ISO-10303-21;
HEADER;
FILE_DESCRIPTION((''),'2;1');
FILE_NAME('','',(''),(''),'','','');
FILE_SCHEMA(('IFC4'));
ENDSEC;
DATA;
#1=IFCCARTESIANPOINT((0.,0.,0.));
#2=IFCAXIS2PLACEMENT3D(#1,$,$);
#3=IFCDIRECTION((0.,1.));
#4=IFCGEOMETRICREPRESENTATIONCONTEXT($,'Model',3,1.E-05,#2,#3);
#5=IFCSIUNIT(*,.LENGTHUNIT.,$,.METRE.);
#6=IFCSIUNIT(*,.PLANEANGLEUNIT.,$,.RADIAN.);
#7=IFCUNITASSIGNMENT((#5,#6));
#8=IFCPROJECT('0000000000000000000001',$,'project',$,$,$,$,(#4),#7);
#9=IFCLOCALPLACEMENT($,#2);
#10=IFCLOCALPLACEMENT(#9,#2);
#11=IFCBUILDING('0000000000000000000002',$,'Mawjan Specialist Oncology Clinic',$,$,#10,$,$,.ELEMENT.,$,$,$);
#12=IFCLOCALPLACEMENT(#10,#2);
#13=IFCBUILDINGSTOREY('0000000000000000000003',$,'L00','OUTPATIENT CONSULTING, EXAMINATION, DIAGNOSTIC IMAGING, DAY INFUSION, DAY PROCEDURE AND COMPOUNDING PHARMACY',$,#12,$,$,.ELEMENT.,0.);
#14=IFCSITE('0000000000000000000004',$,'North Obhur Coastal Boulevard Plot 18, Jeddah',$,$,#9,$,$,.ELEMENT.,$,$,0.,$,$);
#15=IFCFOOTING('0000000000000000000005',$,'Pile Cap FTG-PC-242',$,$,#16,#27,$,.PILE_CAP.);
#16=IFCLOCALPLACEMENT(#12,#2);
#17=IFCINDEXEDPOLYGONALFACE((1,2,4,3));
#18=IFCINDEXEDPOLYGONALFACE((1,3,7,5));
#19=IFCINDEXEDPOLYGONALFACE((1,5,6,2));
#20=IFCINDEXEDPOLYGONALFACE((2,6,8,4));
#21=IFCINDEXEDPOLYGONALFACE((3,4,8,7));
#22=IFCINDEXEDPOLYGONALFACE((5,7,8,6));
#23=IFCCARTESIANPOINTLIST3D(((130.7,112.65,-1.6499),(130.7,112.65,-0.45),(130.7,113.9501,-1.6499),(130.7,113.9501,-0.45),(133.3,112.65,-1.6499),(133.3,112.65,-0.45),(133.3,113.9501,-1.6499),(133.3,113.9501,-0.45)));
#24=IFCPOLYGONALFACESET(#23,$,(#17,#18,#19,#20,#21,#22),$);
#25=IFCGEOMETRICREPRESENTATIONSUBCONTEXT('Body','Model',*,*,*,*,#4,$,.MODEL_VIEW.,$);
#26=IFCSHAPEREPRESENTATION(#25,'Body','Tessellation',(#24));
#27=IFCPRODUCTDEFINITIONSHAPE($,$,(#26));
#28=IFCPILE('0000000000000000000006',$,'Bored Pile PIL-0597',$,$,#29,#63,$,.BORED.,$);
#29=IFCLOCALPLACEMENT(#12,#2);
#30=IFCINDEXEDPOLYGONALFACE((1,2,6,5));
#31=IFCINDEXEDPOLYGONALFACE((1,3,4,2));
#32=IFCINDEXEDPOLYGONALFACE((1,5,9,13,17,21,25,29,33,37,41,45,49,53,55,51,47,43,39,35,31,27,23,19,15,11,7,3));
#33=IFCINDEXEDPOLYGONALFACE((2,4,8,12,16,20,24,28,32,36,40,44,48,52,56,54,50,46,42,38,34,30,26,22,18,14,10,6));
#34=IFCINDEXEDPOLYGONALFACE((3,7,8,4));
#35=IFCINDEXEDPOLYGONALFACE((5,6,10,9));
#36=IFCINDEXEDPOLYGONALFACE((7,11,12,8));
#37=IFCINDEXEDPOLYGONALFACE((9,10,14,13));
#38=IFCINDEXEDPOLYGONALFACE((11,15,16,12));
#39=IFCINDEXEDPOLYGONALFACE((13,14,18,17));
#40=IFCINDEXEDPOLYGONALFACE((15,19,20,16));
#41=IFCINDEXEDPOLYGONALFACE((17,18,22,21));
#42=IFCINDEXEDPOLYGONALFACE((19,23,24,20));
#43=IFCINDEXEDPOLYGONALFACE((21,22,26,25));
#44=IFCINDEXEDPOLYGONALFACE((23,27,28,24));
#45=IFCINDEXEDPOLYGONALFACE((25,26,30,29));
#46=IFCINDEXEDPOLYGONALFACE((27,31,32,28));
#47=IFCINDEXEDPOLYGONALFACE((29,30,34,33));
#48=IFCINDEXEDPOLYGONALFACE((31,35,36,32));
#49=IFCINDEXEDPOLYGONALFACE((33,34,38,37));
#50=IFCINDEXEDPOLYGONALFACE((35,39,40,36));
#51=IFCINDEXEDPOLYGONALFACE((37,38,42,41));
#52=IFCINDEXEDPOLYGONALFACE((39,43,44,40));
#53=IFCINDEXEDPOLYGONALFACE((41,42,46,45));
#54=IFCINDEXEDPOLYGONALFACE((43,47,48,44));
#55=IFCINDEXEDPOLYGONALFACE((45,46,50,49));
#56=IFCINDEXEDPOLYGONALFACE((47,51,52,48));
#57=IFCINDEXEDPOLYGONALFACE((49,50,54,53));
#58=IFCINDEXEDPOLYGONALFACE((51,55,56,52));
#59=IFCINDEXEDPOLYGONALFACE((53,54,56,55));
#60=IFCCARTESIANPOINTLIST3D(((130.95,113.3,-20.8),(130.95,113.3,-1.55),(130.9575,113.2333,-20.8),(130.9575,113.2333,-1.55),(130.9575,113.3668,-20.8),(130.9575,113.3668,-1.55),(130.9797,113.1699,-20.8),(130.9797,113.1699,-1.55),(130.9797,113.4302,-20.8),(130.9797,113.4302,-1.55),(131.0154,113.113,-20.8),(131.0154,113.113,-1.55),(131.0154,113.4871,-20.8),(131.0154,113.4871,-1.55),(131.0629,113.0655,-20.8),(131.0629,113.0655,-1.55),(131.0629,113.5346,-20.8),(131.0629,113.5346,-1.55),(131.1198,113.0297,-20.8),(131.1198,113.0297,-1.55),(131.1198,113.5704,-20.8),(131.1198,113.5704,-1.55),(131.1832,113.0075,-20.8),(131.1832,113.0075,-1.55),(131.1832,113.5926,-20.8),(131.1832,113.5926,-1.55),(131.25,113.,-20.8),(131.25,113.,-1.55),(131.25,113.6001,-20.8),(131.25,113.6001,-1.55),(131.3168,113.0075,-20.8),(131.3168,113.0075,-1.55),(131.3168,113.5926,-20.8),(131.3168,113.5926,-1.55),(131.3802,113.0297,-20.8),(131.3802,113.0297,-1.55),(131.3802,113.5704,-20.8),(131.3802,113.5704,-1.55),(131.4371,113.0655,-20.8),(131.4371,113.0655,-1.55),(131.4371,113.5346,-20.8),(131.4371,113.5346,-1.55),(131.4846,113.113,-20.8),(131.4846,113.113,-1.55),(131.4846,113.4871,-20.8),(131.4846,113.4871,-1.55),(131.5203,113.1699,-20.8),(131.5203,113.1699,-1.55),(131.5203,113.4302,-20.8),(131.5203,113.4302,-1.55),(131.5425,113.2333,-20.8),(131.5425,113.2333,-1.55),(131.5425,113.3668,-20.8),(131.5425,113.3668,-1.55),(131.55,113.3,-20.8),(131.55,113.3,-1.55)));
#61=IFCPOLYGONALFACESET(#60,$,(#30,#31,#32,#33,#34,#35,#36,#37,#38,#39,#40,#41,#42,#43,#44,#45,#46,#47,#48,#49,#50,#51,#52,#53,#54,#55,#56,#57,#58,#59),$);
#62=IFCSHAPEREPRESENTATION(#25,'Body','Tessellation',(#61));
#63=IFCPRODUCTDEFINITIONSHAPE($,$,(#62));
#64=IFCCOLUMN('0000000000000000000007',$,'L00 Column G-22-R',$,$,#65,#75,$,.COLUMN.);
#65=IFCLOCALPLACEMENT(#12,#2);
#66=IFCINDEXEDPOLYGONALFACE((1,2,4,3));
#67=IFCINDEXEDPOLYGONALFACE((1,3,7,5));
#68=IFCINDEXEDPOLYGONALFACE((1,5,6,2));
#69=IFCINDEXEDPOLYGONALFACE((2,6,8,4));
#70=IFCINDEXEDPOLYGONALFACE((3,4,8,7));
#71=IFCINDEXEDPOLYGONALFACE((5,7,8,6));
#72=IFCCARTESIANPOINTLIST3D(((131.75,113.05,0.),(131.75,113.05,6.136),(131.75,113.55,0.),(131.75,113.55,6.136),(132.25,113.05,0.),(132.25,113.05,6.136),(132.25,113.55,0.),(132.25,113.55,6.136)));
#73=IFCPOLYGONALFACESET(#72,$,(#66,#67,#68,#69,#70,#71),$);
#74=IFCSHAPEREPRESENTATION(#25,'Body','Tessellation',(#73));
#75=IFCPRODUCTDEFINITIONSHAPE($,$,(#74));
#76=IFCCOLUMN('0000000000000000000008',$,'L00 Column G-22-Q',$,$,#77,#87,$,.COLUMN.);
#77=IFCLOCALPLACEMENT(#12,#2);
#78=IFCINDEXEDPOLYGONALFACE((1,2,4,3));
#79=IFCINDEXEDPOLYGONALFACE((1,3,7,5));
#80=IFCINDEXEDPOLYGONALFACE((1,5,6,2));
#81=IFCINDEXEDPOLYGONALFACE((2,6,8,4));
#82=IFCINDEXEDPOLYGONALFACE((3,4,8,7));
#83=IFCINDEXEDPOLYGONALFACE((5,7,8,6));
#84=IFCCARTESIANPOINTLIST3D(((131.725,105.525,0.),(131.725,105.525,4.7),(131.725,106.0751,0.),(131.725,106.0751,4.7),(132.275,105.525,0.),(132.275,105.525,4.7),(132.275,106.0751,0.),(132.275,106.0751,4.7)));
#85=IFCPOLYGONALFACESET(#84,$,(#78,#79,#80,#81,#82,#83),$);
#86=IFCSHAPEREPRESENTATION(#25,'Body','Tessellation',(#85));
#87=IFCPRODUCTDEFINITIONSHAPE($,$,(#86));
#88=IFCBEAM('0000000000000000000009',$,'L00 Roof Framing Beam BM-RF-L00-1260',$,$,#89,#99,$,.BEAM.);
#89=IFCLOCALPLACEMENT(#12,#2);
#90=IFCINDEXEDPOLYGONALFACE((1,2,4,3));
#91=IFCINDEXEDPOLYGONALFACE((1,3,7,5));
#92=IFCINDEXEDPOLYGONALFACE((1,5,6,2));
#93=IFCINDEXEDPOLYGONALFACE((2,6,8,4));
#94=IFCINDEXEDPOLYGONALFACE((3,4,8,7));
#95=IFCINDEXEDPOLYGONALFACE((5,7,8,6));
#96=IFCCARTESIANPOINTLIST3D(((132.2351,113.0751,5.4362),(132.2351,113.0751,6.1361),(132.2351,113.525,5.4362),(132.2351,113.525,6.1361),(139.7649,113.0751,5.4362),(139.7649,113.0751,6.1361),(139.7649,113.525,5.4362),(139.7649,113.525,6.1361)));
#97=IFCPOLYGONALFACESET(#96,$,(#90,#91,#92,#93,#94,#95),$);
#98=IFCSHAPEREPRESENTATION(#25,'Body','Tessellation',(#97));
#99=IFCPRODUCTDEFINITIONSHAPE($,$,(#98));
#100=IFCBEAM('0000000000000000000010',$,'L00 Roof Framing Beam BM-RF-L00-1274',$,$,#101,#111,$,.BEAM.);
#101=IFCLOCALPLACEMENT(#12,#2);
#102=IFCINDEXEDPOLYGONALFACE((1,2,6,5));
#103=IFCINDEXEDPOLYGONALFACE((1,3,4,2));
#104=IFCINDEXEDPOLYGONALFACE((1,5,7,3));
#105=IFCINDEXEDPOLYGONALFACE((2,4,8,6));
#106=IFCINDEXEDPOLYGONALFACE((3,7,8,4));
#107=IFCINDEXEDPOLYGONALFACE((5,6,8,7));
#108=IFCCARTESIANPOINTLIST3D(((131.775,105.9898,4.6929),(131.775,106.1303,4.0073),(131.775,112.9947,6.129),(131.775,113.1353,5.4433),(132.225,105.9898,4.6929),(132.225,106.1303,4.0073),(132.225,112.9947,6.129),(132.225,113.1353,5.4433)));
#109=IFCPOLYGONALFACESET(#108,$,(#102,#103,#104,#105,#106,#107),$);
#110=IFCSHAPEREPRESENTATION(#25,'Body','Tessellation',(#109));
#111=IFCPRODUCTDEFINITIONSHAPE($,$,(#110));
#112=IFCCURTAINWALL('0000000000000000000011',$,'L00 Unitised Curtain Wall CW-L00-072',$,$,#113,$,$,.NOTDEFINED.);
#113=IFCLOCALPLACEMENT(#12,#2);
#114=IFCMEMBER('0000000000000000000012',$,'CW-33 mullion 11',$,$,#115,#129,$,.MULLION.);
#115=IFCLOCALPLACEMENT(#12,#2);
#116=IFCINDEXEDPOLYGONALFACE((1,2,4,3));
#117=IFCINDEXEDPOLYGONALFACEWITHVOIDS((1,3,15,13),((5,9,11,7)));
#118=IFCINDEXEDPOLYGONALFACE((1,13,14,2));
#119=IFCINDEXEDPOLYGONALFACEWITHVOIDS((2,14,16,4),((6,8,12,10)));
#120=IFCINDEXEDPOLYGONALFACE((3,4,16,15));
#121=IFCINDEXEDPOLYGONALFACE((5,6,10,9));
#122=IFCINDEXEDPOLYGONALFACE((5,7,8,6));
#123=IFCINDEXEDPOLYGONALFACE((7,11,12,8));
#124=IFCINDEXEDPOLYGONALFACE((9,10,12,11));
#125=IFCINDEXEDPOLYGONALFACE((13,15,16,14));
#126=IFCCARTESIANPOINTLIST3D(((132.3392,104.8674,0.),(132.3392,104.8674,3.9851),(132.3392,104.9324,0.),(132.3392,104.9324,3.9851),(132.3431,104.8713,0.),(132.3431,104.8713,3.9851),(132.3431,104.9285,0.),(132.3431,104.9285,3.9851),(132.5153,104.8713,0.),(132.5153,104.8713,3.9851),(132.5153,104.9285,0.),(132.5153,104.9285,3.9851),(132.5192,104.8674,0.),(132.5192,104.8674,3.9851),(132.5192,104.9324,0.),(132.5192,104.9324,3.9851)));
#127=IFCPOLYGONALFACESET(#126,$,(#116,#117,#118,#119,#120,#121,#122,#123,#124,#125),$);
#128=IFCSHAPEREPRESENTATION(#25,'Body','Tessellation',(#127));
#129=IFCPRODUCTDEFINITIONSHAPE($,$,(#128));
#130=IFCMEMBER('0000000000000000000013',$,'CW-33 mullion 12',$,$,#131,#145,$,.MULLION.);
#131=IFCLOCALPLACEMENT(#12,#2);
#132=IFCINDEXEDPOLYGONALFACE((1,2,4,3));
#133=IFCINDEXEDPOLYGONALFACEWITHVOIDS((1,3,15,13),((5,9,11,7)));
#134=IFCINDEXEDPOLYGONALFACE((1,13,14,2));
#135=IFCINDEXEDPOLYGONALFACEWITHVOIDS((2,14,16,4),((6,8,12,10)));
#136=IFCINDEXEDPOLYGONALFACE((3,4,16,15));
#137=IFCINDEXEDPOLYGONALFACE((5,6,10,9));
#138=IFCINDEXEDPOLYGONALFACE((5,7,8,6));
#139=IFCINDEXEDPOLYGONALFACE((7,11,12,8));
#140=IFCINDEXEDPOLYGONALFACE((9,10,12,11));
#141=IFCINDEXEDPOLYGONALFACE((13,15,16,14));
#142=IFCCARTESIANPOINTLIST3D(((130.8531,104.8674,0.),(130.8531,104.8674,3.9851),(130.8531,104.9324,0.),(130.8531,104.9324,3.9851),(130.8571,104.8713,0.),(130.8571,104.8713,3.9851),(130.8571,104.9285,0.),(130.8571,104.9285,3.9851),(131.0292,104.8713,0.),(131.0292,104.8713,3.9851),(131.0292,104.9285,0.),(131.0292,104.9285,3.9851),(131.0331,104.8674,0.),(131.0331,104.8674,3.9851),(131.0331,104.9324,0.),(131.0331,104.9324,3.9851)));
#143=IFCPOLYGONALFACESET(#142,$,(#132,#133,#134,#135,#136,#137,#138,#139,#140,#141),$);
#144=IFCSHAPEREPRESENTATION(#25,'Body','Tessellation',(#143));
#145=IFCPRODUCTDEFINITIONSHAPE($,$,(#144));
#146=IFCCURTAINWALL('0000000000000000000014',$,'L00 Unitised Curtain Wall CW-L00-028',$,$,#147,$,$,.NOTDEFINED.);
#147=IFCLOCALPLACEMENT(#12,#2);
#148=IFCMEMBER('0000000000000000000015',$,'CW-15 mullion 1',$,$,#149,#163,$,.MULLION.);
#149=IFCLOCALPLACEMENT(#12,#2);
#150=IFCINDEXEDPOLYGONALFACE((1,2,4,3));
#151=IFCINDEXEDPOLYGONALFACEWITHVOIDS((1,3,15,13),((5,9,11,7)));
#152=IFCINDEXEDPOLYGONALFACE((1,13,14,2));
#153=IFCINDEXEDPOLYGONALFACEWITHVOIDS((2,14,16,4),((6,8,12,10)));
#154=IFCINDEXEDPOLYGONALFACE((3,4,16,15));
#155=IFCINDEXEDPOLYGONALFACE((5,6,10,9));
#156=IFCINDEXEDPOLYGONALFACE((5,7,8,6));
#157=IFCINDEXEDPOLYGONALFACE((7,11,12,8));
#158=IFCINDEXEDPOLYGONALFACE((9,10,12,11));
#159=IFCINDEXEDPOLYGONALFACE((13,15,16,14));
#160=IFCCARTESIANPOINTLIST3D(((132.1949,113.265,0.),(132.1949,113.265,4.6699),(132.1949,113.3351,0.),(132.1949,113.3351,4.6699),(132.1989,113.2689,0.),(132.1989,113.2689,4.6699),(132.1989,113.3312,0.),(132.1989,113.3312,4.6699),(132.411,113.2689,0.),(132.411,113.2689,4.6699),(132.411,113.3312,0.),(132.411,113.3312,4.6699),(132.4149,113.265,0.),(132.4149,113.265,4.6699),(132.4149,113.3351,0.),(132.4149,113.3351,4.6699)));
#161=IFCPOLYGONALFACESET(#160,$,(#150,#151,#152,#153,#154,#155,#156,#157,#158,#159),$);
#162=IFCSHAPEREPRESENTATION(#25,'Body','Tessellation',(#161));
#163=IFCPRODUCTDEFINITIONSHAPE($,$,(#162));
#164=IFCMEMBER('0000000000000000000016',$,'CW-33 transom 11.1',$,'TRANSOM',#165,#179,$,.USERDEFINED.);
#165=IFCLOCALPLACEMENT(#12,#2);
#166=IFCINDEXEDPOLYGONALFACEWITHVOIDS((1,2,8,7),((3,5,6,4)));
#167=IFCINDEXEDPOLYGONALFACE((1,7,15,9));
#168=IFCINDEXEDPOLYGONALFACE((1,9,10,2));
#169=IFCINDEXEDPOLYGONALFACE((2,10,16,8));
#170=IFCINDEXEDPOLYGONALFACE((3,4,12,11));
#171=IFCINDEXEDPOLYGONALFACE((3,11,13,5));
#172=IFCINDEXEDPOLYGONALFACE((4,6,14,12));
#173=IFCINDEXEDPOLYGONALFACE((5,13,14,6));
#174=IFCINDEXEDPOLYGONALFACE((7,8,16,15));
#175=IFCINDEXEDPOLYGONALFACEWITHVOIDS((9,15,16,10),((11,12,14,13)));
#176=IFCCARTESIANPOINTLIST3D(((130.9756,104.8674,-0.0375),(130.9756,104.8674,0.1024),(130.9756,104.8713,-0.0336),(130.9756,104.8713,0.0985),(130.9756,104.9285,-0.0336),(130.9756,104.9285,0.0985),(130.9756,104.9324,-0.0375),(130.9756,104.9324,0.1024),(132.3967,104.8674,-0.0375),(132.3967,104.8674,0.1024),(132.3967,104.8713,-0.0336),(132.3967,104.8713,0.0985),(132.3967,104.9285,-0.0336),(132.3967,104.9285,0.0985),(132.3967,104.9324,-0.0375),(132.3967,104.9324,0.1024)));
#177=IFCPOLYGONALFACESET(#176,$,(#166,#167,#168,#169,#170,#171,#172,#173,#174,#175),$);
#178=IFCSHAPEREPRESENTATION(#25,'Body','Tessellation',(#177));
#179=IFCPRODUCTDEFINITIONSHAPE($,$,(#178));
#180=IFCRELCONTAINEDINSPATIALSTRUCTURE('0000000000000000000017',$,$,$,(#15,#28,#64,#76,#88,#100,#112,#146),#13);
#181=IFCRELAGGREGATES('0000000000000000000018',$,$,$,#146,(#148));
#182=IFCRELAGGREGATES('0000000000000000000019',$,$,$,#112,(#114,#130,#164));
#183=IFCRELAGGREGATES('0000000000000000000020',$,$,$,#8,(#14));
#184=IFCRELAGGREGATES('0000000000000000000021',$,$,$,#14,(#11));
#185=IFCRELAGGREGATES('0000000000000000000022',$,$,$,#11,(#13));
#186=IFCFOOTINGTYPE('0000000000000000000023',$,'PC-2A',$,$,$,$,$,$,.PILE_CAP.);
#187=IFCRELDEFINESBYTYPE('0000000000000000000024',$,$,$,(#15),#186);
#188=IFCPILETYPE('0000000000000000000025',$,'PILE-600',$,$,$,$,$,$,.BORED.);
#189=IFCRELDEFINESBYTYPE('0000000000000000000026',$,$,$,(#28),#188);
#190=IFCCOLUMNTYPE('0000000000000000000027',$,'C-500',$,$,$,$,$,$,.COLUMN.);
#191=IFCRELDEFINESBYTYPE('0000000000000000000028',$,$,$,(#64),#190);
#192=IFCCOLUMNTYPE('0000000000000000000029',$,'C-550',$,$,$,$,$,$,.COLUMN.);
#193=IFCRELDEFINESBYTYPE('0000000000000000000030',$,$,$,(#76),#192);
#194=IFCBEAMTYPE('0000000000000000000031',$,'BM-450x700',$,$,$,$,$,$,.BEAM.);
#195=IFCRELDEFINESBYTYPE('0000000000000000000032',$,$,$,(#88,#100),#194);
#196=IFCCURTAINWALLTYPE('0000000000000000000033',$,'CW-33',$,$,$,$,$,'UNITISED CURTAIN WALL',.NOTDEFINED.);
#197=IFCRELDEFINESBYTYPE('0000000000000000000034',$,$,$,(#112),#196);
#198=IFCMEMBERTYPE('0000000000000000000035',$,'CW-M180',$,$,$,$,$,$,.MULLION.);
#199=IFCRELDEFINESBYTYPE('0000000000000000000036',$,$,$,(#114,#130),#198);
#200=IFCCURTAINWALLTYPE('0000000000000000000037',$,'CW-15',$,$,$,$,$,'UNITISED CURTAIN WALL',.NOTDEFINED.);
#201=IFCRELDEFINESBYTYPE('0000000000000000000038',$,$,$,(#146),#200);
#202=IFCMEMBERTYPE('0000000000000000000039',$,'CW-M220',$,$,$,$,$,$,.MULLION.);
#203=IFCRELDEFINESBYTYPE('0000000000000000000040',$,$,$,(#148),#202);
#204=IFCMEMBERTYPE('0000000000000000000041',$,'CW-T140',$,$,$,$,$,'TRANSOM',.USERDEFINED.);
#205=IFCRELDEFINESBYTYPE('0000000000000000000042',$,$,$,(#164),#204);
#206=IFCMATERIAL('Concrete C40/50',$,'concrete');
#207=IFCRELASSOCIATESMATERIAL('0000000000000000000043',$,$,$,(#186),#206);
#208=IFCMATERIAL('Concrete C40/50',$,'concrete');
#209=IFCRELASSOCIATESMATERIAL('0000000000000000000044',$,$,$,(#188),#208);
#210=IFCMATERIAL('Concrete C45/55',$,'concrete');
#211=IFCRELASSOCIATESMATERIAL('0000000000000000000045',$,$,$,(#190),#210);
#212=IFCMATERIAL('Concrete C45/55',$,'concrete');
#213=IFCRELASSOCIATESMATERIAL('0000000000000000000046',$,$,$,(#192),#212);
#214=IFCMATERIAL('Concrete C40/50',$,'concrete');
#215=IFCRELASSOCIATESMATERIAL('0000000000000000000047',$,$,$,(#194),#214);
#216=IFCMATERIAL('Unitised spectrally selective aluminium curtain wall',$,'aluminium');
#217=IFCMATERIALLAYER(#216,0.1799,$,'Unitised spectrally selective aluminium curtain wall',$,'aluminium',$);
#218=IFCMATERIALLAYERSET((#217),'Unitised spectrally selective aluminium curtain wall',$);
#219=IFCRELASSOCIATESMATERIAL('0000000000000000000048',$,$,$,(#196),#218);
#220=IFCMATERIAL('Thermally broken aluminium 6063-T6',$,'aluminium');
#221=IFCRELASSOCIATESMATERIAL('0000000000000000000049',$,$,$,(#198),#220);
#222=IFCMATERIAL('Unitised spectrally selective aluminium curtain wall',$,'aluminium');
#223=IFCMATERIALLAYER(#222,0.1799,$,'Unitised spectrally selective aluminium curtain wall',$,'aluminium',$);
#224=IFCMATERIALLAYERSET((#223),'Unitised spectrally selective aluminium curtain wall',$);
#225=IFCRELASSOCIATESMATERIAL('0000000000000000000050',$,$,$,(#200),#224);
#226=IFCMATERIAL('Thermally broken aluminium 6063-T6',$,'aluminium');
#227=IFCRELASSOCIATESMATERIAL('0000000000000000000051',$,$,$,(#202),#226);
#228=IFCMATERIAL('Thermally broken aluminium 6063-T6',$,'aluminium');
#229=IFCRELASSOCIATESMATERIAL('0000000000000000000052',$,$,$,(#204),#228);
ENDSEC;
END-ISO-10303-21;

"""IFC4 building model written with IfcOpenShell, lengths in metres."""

from ifc_helpers import new_model, si_unit, direction, frame, origin, origin_2d, place, context, subcontext, project, spatial, rectangle, hollow_rectangle, circle, extrude, material, layer, layer_set, material_profile, profile_set, type_object, element, aggregate, save


model = new_model("IFC4")

# Units and contexts
model_context = context("Model", 3, precision=1e-05, world=origin(), true_north=direction((0.0, 1.0)))
body_context = subcontext(model_context, "Body", "Model", "MODEL_VIEW")
ifc_project = project(units=[si_unit("LENGTHUNIT", "METRE"), si_unit("PLANEANGLEUNIT", "RADIAN")], contexts=[model_context])

# Site, building, storey
site_placement = place(None, origin())
site = spatial("IfcSite", under=ifc_project, at=site_placement, Name="North Obhur Coastal Boulevard Plot 18, Jeddah", CompositionType="ELEMENT", RefElevation=0.0)
building_placement = place(site_placement, origin())
building = spatial("IfcBuilding", under=site, at=building_placement, Name="Mawjan Specialist Oncology Clinic", CompositionType="ELEMENT")
storey_placement = place(building_placement, origin())
storey = spatial("IfcBuildingStorey", under=building, at=storey_placement, Name="L00", Description="OUTPATIENT CONSULTING, EXAMINATION, DIAGNOSTIC IMAGING, DAY INFUSION, DAY PROCEDURE AND COMPOUNDING PHARMACY", CompositionType="ELEMENT", Elevation=0.0)

# Footing
ifc_material_1 = material(Name="Concrete C40/50", Category="concrete")
footing_type = type_object("IfcFootingType", Name="PC-2A", PredefinedType="PILE_CAP", material=ifc_material_1)
footing_placement = place(storey_placement, frame((132.0, 113.3, -1.6499), z_axis=(0.0, 0.0, 1.0), x_axis=(1.0, 0.0, 0.0)))
element("IfcFooting", 1, at=footing_placement, inside=storey, type_object=footing_type, Name="Pile Cap FTG-PC-242", PredefinedType="PILE_CAP", context=body_context, shape_type="SweptSolid", body=[
    extrude(rectangle(XDim=2.6001, YDim=1.3, at=origin_2d()), origin(), (0.0, 0.0, 1.0), 1.2),
])

# Pile
ifc_material_2 = material(Name="Concrete C40/50", Category="concrete")
ifc_material_profile_1 = material_profile(ifc_material_2, circle(Radius=0.3, at=origin_2d()), Name="BORED PILE D600", Category="concrete")
ifc_profile_set_1 = profile_set([ifc_material_profile_1], Name="Concrete C40/50")
pile_type = type_object("IfcPileType", Name="PILE-600", PredefinedType="BORED", material=ifc_profile_set_1)
pile_placement = place(storey_placement, frame((131.25, 113.3, -1.55), z_axis=(0.0, 0.0, -1.0), x_axis=(1.0, 0.0, 0.0)))
element("IfcPile", 2, at=pile_placement, inside=storey, type_object=pile_type, Name="Bored Pile PIL-0597", PredefinedType="BORED", context=body_context, shape_type="SweptSolid", body=[
    extrude(circle(Radius=0.3, at=origin_2d()), origin(), (0.0, 0.0, 1.0), 19.25),
])

# Columns
ifc_material_3 = material(Name="Concrete C45/55", Category="concrete")
ifc_material_profile_2 = material_profile(ifc_material_3, rectangle(XDim=0.5, YDim=0.5, at=origin_2d()), Name="RC COL 500x500", Category="concrete")
ifc_profile_set_2 = profile_set([ifc_material_profile_2], Name="Concrete C45/55")
column_type_1 = type_object("IfcColumnType", Name="C-500", PredefinedType="COLUMN", material=ifc_profile_set_2)
column_1_placement = place(storey_placement, frame((132.0, 113.3, 0.0), z_axis=(0.0, 0.0, 1.0), x_axis=(1.0, 0.0, 0.0)))
element("IfcColumn", 3, at=column_1_placement, inside=storey, type_object=column_type_1, Name="L00 Column G-22-R", PredefinedType="COLUMN", context=body_context, shape_type="SweptSolid", body=[
    extrude(rectangle(XDim=0.5, YDim=0.5, at=origin_2d()), origin(), (0.0, 0.0, 1.0), 6.136),
])
ifc_material_4 = material(Name="Concrete C45/55", Category="concrete")
ifc_material_profile_3 = material_profile(ifc_material_4, rectangle(XDim=0.55, YDim=0.55, at=origin_2d()), Name="RC COL 550x550", Category="concrete")
ifc_profile_set_3 = profile_set([ifc_material_profile_3], Name="Concrete C45/55")
column_type_2 = type_object("IfcColumnType", Name="C-550", PredefinedType="COLUMN", material=ifc_profile_set_3)
column_2_placement = place(storey_placement, frame((132.0, 105.8, 0.0), z_axis=(0.0, 0.0, 1.0), x_axis=(1.0, 0.0, 0.0)))
element("IfcColumn", 4, at=column_2_placement, inside=storey, type_object=column_type_2, Name="L00 Column G-22-Q", PredefinedType="COLUMN", context=body_context, shape_type="SweptSolid", body=[
    extrude(rectangle(XDim=0.55, YDim=0.55, at=origin_2d()), origin(), (0.0, 0.0, 1.0), 4.7),
])

# Beams
ifc_material_5 = material(Name="Concrete C40/50", Category="concrete")
ifc_material_profile_4 = material_profile(ifc_material_5, rectangle(XDim=0.45, YDim=0.7, at=origin_2d()), Name="RC BM 450x700", Category="concrete")
ifc_profile_set_4 = profile_set([ifc_material_profile_4], Name="Concrete C40/50")
beam_type_1 = type_object("IfcBeamType", Name="BM-450x700", PredefinedType="BEAM", material=ifc_profile_set_4)
beam_1_placement = place(storey_placement, frame((132.2351, 113.3, 5.7861), z_axis=(1.0, 0.0, 0.0), x_axis=(0.0, 1.0, 0.0)))
element("IfcBeam", 5, at=beam_1_placement, inside=storey, type_object=beam_type_1, Name="L00 Roof Framing Beam BM-RF-L00-1260", PredefinedType="BEAM", context=body_context, shape_type="SweptSolid", body=[
    extrude(rectangle(XDim=0.45, YDim=0.7, at=origin_2d()), origin(), (0.0, 0.0, 1.0), 7.5298),
])
beam_2_placement = place(storey_placement, frame((132.0, 106.0601, 4.3501), z_axis=(0.0, 0.979626, 0.200828), x_axis=(-1.0, 0.0, 0.0)))
element("IfcBeam", 6, at=beam_2_placement, inside=storey, type_object=beam_type_1, Name="L00 Roof Framing Beam BM-RF-L00-1274", PredefinedType="BEAM", context=body_context, shape_type="SweptSolid", body=[
    extrude(rectangle(XDim=0.45, YDim=0.7, at=origin_2d()), origin(), (0.0, 0.0, 1.0), 7.1506),
])

# Curtain wall, members
ifc_material_6 = material(Name="Unitised spectrally selective aluminium curtain wall", Category="aluminium")
ifc_layer_1 = layer(ifc_material_6, 0.1799, Name="Unitised spectrally selective aluminium curtain wall", Category="aluminium")
ifc_layer_set_1 = layer_set([ifc_layer_1], Name="Unitised spectrally selective aluminium curtain wall")
curtain_wall_type_1 = type_object("IfcCurtainWallType", Name="CW-33", ElementType="UNITISED CURTAIN WALL", PredefinedType="NOTDEFINED", material=ifc_layer_set_1)
curtain_wall_1_placement = place(storey_placement, origin())
curtain_wall_1 = element("IfcCurtainWall", 7, at=curtain_wall_1_placement, inside=storey, type_object=curtain_wall_type_1, Name="L00 Unitised Curtain Wall CW-L00-072", PredefinedType="NOTDEFINED")
ifc_material_7 = material(Name="Thermally broken aluminium 6063-T6", Category="aluminium")
ifc_material_profile_5 = material_profile(ifc_material_7, hollow_rectangle(XDim=0.0649, YDim=0.1799, WallThickness=0.0039, at=origin_2d()), Name="ALU MULLION 180x65x4", Category="aluminium")
ifc_profile_set_5 = profile_set([ifc_material_profile_5], Name="Thermally broken aluminium 6063-T6")
member_type_1 = type_object("IfcMemberType", Name="CW-M180", PredefinedType="MULLION", material=ifc_profile_set_5)
member_1_placement = place(storey_placement, frame((132.4292, 104.8999, 0.0), z_axis=(0.0, 0.0, 1.0), x_axis=(0.0, -1.0, 0.0)))
member_1 = element("IfcMember", 8, at=member_1_placement, type_object=member_type_1, Name="CW-33 mullion 11", PredefinedType="MULLION", context=body_context, shape_type="SweptSolid", body=[
    extrude(hollow_rectangle(XDim=0.0649, YDim=0.1799, WallThickness=0.0039, at=origin_2d()), origin(), (0.0, 0.0, 1.0), 3.9851),
])
member_2_placement = place(storey_placement, frame((130.9431, 104.8999, 0.0), z_axis=(0.0, 0.0, 1.0), x_axis=(0.0, -1.0, 0.0)))
member_2 = element("IfcMember", 9, at=member_2_placement, type_object=member_type_1, Name="CW-33 mullion 12", PredefinedType="MULLION", context=body_context, shape_type="SweptSolid", body=[
    extrude(hollow_rectangle(XDim=0.0649, YDim=0.1799, WallThickness=0.0039, at=origin_2d()), origin(), (0.0, 0.0, 1.0), 3.9851),
])

# Curtain wall, member
ifc_material_8 = material(Name="Unitised spectrally selective aluminium curtain wall", Category="aluminium")
ifc_layer_2 = layer(ifc_material_8, 0.1799, Name="Unitised spectrally selective aluminium curtain wall", Category="aluminium")
ifc_layer_set_2 = layer_set([ifc_layer_2], Name="Unitised spectrally selective aluminium curtain wall")
curtain_wall_type_2 = type_object("IfcCurtainWallType", Name="CW-15", ElementType="UNITISED CURTAIN WALL", PredefinedType="NOTDEFINED", material=ifc_layer_set_2)
curtain_wall_2_placement = place(storey_placement, origin())
curtain_wall_2 = element("IfcCurtainWall", 10, at=curtain_wall_2_placement, inside=storey, type_object=curtain_wall_type_2, Name="L00 Unitised Curtain Wall CW-L00-028", PredefinedType="NOTDEFINED")
ifc_material_9 = material(Name="Thermally broken aluminium 6063-T6", Category="aluminium")
ifc_material_profile_6 = material_profile(ifc_material_9, hollow_rectangle(XDim=0.0701, YDim=0.22, WallThickness=0.0039, at=origin_2d()), Name="ALU MULLION 220x70x4", Category="aluminium")
ifc_profile_set_6 = profile_set([ifc_material_profile_6], Name="Thermally broken aluminium 6063-T6")
member_type_2 = type_object("IfcMemberType", Name="CW-M220", PredefinedType="MULLION", material=ifc_profile_set_6)
member_3_placement = place(storey_placement, frame((132.3049, 113.3, 0.0), z_axis=(0.0, 0.0, 1.0), x_axis=(0.0, 1.0, 0.0)))
member_3 = element("IfcMember", 11, at=member_3_placement, type_object=member_type_2, Name="CW-15 mullion 1", PredefinedType="MULLION", context=body_context, shape_type="SweptSolid", body=[
    extrude(hollow_rectangle(XDim=0.0701, YDim=0.22, WallThickness=0.0039, at=origin_2d()), origin(), (0.0, 0.0, 1.0), 4.6699),
])

# Member
ifc_material_10 = material(Name="Thermally broken aluminium 6063-T6", Category="aluminium")
ifc_material_profile_7 = material_profile(ifc_material_10, hollow_rectangle(XDim=0.0649, YDim=0.1399, WallThickness=0.0039, at=origin_2d()), Name="ALU TRANSOM 140x65x4", Category="aluminium")
ifc_profile_set_7 = profile_set([ifc_material_profile_7], Name="Thermally broken aluminium 6063-T6")
member_type_3 = type_object("IfcMemberType", Name="CW-T140", ElementType="TRANSOM", PredefinedType="USERDEFINED", material=ifc_profile_set_7)
member_4_placement = place(storey_placement, frame((132.3967, 104.8999, 0.0325), z_axis=(-1.0, 0.0, 0.0), x_axis=(0.0, -1.0, 0.0)))
member_4 = element("IfcMember", 12, at=member_4_placement, type_object=member_type_3, Name="CW-33 transom 11.1", ObjectType="TRANSOM", PredefinedType="USERDEFINED", context=body_context, shape_type="SweptSolid", body=[
    extrude(hollow_rectangle(XDim=0.0649, YDim=0.1399, WallThickness=0.0039, at=origin_2d()), origin(), (0.0, 0.0, 1.0), 1.4211),
])
aggregate(curtain_wall_2, [member_3])

aggregate(curtain_wall_1, [member_1, member_2, member_4])

save(model, "model.ifc")
